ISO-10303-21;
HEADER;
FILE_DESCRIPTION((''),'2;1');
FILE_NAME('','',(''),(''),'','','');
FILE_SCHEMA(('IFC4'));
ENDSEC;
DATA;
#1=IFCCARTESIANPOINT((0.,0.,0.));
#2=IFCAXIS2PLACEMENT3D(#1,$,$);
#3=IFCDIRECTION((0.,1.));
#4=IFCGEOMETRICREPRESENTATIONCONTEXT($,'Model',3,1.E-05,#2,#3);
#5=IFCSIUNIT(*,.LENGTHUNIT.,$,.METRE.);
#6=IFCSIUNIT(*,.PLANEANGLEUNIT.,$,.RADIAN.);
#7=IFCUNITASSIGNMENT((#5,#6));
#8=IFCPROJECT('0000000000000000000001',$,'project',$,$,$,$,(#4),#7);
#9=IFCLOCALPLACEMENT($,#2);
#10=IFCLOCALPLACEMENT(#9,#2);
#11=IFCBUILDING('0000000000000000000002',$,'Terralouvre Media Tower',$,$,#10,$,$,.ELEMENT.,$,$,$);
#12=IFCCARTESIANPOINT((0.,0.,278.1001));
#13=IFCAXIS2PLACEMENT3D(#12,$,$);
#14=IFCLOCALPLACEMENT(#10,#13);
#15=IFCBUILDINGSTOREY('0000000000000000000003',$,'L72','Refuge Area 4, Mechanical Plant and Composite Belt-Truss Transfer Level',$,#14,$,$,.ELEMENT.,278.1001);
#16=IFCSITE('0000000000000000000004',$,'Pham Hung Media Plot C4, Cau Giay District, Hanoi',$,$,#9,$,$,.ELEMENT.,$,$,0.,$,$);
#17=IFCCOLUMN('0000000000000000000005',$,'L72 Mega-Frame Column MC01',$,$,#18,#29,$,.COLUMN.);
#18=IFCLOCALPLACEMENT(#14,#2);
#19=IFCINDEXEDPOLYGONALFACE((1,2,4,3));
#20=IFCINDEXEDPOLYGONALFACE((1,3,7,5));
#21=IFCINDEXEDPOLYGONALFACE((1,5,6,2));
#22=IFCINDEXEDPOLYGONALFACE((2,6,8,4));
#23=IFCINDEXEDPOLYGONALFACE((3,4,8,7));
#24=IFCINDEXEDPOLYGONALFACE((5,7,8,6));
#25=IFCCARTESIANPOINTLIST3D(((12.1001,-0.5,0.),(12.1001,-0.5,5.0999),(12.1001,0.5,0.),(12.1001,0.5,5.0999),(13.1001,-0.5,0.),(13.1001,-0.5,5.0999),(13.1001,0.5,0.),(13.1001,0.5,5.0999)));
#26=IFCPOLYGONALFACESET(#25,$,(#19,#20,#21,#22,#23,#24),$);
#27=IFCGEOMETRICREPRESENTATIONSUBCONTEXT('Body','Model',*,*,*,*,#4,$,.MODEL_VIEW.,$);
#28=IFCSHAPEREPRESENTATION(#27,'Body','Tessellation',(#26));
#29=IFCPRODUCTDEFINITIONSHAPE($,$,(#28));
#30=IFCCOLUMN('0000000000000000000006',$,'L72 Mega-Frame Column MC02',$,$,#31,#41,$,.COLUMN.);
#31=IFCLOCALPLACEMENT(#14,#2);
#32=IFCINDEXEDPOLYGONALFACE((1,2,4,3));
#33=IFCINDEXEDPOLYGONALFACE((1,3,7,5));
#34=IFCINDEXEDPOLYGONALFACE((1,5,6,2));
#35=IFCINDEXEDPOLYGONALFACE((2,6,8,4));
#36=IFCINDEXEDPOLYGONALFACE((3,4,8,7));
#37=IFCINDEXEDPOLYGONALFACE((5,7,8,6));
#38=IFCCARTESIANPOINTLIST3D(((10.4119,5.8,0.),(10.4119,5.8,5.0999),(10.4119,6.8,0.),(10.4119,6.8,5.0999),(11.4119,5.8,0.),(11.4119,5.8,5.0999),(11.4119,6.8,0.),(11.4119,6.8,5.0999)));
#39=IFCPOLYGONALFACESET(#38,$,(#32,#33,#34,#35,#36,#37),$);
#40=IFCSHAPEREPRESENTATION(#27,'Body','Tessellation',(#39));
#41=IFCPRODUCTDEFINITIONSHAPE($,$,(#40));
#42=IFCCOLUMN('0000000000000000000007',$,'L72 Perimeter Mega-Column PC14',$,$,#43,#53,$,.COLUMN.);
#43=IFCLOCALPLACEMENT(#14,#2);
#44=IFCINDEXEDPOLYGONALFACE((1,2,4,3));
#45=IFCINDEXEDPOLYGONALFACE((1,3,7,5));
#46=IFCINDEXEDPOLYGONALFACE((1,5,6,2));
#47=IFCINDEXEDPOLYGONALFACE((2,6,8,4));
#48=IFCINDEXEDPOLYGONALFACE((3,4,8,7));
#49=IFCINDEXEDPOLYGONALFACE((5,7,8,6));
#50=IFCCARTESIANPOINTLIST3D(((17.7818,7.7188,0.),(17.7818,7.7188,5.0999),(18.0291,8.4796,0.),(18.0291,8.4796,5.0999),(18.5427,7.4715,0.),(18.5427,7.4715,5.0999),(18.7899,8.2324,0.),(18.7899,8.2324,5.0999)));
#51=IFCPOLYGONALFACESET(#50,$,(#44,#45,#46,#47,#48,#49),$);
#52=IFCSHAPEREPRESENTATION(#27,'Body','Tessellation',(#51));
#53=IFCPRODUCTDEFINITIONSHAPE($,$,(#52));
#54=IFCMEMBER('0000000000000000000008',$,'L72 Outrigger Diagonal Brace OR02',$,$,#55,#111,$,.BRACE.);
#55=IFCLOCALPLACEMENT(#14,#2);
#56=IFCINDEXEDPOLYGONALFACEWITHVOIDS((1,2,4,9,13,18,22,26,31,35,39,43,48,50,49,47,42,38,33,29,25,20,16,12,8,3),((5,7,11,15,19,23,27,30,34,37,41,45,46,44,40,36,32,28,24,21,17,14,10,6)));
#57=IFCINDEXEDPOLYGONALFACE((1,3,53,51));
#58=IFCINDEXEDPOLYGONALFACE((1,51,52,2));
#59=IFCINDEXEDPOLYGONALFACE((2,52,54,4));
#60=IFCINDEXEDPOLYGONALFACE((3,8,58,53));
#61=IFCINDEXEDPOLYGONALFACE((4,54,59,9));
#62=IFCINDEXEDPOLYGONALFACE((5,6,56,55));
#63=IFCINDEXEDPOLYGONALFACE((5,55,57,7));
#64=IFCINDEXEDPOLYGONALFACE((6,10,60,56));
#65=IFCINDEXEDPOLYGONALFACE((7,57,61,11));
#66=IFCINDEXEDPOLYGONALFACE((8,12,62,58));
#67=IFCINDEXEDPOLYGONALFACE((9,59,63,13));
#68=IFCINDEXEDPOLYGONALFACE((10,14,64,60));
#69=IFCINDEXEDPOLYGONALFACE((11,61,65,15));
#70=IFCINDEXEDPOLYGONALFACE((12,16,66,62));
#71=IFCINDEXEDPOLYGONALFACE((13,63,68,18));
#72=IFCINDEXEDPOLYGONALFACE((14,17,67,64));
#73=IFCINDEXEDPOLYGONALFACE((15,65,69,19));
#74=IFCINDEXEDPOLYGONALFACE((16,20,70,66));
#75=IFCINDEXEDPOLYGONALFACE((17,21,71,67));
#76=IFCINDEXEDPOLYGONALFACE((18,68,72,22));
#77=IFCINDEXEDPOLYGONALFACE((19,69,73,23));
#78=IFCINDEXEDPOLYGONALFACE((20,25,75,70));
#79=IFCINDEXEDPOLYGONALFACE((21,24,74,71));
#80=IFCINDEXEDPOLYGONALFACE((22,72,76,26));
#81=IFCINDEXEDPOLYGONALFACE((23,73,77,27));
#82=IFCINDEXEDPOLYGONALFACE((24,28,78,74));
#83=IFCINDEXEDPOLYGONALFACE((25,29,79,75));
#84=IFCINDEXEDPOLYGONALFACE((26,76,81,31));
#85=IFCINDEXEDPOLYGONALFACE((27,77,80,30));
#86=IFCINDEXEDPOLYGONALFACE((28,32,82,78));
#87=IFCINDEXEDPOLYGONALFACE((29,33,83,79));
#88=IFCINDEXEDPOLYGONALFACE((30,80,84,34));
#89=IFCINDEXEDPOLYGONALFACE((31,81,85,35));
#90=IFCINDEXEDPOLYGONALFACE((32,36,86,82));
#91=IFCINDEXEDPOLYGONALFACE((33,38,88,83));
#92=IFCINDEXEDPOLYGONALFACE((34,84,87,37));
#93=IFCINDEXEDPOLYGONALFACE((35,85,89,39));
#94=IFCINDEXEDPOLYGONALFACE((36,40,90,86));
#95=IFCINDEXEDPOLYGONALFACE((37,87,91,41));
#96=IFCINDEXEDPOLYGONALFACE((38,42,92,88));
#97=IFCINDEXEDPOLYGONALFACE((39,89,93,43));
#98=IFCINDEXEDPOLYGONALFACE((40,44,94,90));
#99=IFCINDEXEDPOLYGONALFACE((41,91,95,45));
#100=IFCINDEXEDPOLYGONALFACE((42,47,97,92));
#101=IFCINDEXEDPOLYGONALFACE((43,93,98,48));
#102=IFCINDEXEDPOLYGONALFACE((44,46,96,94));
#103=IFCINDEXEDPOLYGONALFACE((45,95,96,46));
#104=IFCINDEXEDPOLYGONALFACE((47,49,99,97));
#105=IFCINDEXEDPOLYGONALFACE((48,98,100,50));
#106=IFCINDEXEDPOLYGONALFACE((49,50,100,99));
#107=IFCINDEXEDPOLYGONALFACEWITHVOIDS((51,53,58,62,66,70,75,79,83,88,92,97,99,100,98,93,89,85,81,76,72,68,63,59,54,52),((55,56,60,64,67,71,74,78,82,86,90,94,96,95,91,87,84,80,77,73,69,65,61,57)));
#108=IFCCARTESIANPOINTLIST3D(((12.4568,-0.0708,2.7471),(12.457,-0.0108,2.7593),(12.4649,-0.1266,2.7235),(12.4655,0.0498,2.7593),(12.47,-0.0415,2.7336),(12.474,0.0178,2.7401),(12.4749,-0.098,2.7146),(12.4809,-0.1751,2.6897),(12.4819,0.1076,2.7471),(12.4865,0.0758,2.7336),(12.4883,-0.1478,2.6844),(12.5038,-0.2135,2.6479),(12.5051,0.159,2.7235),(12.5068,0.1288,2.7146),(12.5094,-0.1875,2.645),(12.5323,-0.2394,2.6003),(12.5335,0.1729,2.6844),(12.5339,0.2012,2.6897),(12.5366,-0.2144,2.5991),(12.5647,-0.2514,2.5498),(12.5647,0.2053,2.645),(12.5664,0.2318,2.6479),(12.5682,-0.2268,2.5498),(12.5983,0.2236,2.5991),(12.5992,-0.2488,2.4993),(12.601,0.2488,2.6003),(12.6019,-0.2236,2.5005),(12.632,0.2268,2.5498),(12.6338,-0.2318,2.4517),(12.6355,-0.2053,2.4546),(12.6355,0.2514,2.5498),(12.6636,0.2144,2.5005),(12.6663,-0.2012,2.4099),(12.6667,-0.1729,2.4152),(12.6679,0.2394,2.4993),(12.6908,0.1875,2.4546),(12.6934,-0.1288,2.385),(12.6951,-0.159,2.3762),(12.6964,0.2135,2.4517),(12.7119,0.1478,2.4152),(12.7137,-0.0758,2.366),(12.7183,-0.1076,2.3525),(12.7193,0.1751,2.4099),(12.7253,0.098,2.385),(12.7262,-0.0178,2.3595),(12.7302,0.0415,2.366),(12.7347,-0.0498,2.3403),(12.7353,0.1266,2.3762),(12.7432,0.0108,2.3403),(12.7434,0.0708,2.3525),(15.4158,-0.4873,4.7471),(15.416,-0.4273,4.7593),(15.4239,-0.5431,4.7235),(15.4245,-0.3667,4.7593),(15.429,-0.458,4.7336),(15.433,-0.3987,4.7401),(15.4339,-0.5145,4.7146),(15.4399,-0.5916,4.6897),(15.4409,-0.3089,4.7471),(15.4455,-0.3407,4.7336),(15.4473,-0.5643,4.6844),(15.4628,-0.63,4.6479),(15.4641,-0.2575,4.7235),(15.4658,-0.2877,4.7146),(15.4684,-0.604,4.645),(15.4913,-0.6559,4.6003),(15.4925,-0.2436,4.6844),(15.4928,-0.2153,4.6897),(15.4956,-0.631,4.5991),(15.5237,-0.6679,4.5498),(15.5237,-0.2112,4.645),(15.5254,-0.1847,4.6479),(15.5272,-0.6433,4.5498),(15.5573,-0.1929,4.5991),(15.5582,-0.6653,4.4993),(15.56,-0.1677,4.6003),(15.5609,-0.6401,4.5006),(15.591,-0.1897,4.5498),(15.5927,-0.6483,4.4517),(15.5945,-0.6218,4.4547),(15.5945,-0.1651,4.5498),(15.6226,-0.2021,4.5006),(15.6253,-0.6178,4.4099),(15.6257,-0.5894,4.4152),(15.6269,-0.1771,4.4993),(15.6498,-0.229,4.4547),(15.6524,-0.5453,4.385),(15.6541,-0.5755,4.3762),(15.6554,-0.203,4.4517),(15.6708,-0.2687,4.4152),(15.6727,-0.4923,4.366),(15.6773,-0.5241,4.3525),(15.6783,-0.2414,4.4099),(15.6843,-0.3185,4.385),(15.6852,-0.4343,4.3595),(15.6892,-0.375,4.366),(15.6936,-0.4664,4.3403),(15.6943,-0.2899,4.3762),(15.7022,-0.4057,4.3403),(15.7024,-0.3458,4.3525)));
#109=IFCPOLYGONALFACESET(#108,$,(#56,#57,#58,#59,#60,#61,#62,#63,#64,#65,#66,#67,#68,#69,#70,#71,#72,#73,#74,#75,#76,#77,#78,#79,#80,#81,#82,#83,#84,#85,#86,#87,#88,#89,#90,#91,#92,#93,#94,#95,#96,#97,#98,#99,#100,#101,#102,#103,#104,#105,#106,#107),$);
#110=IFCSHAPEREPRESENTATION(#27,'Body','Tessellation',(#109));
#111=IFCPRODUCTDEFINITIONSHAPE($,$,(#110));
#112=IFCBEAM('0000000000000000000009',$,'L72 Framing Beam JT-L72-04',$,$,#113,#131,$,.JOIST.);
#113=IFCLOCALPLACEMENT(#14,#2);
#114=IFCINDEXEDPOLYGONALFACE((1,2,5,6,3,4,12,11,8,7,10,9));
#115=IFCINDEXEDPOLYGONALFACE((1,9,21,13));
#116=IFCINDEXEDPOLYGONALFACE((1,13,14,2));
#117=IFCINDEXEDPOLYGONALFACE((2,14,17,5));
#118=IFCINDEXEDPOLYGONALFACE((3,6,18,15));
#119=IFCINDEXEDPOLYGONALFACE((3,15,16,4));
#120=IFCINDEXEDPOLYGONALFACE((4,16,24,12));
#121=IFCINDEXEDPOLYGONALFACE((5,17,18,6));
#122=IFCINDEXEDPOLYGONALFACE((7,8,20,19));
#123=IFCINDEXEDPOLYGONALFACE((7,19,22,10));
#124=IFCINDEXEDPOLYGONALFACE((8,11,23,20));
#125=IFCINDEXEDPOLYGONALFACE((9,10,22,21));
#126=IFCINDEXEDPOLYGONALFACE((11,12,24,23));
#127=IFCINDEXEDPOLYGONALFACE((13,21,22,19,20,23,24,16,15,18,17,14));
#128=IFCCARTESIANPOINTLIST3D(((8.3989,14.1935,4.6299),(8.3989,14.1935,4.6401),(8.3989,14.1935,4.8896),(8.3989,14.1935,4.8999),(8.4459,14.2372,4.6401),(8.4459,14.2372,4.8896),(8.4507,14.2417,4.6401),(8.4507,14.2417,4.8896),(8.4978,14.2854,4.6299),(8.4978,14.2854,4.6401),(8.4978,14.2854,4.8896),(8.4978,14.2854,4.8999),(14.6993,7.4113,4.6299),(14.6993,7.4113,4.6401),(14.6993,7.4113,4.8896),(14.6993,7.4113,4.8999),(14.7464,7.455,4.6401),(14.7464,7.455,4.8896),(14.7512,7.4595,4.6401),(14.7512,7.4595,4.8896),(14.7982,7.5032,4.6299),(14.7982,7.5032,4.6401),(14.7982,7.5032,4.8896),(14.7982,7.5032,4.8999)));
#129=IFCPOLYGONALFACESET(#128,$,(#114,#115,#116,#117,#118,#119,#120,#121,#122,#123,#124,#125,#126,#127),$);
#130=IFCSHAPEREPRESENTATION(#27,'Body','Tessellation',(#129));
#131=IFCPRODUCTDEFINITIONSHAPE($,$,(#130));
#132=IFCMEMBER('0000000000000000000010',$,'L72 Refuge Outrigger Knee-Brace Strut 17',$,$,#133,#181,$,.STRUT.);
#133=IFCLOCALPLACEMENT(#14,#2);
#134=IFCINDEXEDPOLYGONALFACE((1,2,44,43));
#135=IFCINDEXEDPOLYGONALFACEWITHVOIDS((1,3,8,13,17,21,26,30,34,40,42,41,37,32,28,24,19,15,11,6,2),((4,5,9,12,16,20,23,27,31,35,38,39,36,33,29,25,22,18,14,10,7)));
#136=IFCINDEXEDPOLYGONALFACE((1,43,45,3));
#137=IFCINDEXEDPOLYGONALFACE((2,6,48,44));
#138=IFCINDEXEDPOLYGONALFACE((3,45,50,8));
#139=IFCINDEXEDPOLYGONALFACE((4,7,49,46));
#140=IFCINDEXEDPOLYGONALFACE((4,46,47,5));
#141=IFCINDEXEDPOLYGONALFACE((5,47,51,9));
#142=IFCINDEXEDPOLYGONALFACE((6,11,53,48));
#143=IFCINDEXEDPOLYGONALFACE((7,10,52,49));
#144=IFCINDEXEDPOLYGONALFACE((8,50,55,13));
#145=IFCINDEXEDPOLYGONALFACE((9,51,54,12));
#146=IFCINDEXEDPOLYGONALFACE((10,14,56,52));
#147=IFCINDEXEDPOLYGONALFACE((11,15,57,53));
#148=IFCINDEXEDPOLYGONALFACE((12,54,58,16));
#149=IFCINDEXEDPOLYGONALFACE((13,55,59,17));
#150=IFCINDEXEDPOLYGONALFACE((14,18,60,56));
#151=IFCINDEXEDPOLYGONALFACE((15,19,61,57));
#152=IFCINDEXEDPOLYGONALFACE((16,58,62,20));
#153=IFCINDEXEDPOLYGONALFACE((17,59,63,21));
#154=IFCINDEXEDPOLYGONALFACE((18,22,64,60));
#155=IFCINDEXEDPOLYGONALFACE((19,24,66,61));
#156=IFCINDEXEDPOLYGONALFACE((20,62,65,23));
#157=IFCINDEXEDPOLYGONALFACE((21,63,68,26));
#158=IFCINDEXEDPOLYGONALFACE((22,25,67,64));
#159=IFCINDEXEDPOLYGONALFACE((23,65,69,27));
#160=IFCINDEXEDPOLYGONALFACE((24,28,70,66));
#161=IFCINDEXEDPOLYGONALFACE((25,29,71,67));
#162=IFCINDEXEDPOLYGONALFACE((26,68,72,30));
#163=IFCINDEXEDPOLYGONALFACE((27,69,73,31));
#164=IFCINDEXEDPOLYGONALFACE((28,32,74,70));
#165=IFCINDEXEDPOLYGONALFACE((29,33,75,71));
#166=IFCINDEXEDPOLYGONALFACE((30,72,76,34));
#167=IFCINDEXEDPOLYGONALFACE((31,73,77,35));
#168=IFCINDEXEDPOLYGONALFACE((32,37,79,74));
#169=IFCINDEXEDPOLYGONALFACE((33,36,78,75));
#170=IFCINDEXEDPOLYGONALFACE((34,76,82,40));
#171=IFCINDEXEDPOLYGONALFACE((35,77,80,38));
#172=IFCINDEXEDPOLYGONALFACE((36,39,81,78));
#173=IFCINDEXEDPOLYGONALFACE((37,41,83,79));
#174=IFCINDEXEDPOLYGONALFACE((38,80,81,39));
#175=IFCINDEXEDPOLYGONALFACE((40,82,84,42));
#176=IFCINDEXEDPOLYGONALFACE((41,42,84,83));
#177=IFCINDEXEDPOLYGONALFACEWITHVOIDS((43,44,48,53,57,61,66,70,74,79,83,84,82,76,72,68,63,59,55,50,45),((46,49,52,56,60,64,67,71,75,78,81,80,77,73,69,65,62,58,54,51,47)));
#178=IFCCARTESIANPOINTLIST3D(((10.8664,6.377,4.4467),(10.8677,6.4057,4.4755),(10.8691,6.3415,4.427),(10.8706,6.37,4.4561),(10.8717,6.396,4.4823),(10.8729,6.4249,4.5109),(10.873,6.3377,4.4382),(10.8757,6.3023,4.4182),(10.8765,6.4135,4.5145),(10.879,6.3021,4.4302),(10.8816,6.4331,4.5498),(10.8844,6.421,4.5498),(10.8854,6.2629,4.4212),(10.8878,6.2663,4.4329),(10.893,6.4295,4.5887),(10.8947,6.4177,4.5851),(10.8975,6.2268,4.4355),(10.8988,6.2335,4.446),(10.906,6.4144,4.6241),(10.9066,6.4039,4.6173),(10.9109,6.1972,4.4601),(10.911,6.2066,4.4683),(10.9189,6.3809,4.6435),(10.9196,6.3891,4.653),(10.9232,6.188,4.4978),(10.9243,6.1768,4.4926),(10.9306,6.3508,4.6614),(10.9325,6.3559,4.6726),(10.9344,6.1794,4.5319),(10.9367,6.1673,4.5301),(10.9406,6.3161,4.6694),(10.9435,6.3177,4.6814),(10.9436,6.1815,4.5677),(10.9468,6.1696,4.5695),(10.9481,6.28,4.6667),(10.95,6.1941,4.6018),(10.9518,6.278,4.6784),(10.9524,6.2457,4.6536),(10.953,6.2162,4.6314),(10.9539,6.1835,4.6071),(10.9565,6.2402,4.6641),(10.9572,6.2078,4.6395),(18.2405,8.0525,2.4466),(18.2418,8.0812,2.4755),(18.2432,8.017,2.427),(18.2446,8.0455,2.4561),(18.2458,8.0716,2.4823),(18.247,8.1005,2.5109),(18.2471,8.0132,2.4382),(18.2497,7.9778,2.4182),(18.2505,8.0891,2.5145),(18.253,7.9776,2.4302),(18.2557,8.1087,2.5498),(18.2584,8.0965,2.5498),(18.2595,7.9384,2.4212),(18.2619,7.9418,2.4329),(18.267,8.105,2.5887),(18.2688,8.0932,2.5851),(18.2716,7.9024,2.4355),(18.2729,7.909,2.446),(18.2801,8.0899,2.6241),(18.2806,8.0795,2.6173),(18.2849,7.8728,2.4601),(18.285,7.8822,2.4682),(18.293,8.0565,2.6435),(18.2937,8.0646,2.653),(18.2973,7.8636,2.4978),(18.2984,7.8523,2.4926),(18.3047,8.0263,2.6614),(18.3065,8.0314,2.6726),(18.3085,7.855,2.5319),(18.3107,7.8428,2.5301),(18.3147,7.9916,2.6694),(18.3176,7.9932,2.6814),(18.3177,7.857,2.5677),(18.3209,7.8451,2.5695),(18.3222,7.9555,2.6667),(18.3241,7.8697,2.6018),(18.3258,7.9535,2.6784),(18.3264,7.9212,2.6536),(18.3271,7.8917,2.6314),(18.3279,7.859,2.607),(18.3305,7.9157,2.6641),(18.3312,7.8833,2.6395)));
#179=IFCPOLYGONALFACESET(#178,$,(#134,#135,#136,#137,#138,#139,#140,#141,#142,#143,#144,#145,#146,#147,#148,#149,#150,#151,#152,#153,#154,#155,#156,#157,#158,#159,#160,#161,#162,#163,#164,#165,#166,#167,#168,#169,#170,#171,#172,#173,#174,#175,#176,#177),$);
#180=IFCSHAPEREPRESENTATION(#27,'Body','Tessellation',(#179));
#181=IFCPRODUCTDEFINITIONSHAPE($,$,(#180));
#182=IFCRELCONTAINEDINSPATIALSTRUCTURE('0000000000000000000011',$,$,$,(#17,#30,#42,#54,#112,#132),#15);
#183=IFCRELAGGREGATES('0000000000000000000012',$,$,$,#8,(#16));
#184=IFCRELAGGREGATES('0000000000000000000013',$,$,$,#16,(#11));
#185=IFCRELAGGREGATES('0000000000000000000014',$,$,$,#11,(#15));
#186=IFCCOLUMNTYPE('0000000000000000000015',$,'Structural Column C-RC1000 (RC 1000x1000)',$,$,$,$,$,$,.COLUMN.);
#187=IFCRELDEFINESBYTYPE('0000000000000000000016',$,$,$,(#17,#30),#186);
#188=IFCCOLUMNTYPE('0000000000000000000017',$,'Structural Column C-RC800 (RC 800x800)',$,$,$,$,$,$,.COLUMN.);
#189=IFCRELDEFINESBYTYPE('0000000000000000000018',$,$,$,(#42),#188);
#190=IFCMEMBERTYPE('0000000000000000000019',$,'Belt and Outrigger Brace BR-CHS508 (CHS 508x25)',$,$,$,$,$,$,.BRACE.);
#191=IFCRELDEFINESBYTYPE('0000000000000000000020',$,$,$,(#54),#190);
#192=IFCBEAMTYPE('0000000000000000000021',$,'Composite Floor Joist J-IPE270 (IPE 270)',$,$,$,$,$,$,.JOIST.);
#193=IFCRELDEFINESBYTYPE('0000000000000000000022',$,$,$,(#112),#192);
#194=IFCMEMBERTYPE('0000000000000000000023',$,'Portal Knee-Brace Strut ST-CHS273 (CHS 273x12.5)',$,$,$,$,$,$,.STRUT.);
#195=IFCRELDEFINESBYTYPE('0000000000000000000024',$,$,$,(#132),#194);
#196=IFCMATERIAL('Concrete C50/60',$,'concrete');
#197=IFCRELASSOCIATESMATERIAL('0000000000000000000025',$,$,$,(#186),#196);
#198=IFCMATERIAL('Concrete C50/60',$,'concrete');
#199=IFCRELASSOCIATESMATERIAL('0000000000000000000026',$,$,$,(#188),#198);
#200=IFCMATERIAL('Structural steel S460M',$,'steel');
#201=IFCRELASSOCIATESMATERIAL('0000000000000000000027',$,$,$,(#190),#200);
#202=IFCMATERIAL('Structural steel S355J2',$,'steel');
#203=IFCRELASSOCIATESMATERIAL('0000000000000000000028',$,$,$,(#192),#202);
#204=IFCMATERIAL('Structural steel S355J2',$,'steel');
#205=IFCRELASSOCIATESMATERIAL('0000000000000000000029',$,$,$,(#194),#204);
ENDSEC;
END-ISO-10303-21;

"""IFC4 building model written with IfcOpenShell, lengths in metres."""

from ifc_helpers import new_model, si_unit, direction, frame, origin, origin_2d, place, context, subcontext, project, spatial, rectangle, hollow_circle, i_section, extrude, material, material_profile, profile_set, type_object, element, save


model = new_model("IFC4")

# Units and contexts
model_context = context("Model", 3, precision=1e-05, world=origin(), true_north=direction((0.0, 1.0)))
body_context = subcontext(model_context, "Body", "Model", "MODEL_VIEW")
ifc_project = project(units=[si_unit("LENGTHUNIT", "METRE"), si_unit("PLANEANGLEUNIT", "RADIAN")], contexts=[model_context])

# Site, building, storey
site_placement = place(None, origin())
site = spatial("IfcSite", under=ifc_project, at=site_placement, Name="Pham Hung Media Plot C4, Cau Giay District, Hanoi", CompositionType="ELEMENT", RefElevation=0.0)
building_placement = place(site_placement, origin())
building = spatial("IfcBuilding", under=site, at=building_placement, Name="Terralouvre Media Tower", CompositionType="ELEMENT")
storey_placement = place(building_placement, frame((0.0, 0.0, 278.1001)))
storey = spatial("IfcBuildingStorey", under=building, at=storey_placement, Name="L72", Description="Refuge Area 4, Mechanical Plant and Composite Belt-Truss Transfer Level", CompositionType="ELEMENT", Elevation=278.1001)

# Columns
ifc_material_1 = material(Name="Concrete C50/60", Category="concrete")
ifc_material_profile_1 = material_profile(ifc_material_1, rectangle(XDim=1.0, YDim=1.0, at=origin_2d()), Name="RC 1000x1000")
ifc_profile_set_1 = profile_set([ifc_material_profile_1], Name="Concrete C50/60")
column_type_1 = type_object("IfcColumnType", Name="Structural Column C-RC1000 (RC 1000x1000)", PredefinedType="COLUMN", material=ifc_profile_set_1)
for number, where, z_axis, x_axis, name in (
    (1, (12.6001, 0.0, 0.0), (0.0, 0.0, 1.0), (1.0, 0.0, 0.0), "L72 Mega-Frame Column MC01"),
    (2, (10.9119, 6.3, 0.0), (0.0, 0.0, 1.0), (1.0, 0.0, 0.0), "L72 Mega-Frame Column MC02"),
):
    element("IfcColumn", number, at=place(storey_placement, frame(where, z_axis=z_axis, x_axis=x_axis)), inside=storey, type_object=column_type_1, Name=name, PredefinedType="COLUMN", context=body_context, shape_type="SweptSolid", body=[
        extrude(rectangle(XDim=1.0, YDim=1.0, at=origin_2d()), origin(), (0.0, 0.0, 1.0), 5.0999),
    ])
ifc_material_2 = material(Name="Concrete C50/60", Category="concrete")
ifc_material_profile_2 = material_profile(ifc_material_2, rectangle(XDim=0.8, YDim=0.8, at=origin_2d()), Name="RC 800x800")
ifc_profile_set_2 = profile_set([ifc_material_profile_2], Name="Concrete C50/60")
column_type_2 = type_object("IfcColumnType", Name="Structural Column C-RC800 (RC 800x800)", PredefinedType="COLUMN", material=ifc_profile_set_2)
column_placement = place(storey_placement, frame((18.2859, 7.9756, 0.0), z_axis=(0.0, 0.0, 1.0), x_axis=(0.309017, 0.951057, 0.0)))
element("IfcColumn", 3, at=column_placement, inside=storey, type_object=column_type_2, Name="L72 Perimeter Mega-Column PC14", PredefinedType="COLUMN", context=body_context, shape_type="SweptSolid", body=[
    extrude(rectangle(XDim=0.8, YDim=0.8, at=origin_2d()), origin(), (0.0, 0.0, 1.0), 5.0999),
])

# Member
ifc_material_3 = material(Name="Structural steel S460M", Category="steel")
ifc_material_profile_3 = material_profile(ifc_material_3, hollow_circle(Radius=0.2539, WallThickness=0.0249, at=origin_2d()), Name="CHS 508x25")
ifc_profile_set_3 = profile_set([ifc_material_profile_3], Name="Structural steel S460M")
member_type_1 = type_object("IfcMemberType", Name="Belt and Outrigger Brace BR-CHS508 (CHS 508x25)", PredefinedType="BRACE", material=ifc_profile_set_3)
member_1_placement = place(storey_placement, frame((12.6001, 0.0, 2.5498), z_axis=(0.822923, -0.115834, 0.55622), x_axis=(0.139385, 0.990238, 0.0)))
element("IfcMember", 4, at=member_1_placement, inside=storey, type_object=member_type_1, Name="L72 Outrigger Diagonal Brace OR02", PredefinedType="BRACE", context=body_context, shape_type="SweptSolid", body=[
    extrude(hollow_circle(Radius=0.2539, WallThickness=0.0249, at=origin_2d()), origin(), (0.0, 0.0, 1.0), 3.5957),
])

# Beam
ifc_material_4 = material(Name="Structural steel S355J2", Category="steel")
ifc_material_profile_4 = material_profile(ifc_material_4, i_section(OverallWidth=0.135, OverallDepth=0.27, WebThickness=0.0066, FlangeThickness=0.0103, at=origin_2d()), Name="IPE 270")
ifc_profile_set_4 = profile_set([ifc_material_profile_4], Name="Structural steel S355J2")
beam_type_1 = type_object("IfcBeamType", Name="Composite Floor Joist J-IPE270 (IPE 270)", PredefinedType="JOIST", material=ifc_profile_set_4)
beam_1_placement = place(storey_placement, frame((14.7488, 7.4573, 4.7649), z_axis=(-0.680611, 0.732645, 0.0), x_axis=(-0.732645, -0.680611, 0.0)))
element("IfcBeam", 5, at=beam_1_placement, inside=storey, type_object=beam_type_1, Name="L72 Framing Beam JT-L72-04", PredefinedType="JOIST", context=body_context, shape_type="SweptSolid", body=[
    extrude(i_section(OverallWidth=0.135, OverallDepth=0.27, WebThickness=0.0066, FlangeThickness=0.0103, at=origin_2d()), origin(), (0.0, 0.0, 1.0), 9.2571),
])

# Member
ifc_material_5 = material(Name="Structural steel S355J2", Category="steel")
ifc_material_profile_5 = material_profile(ifc_material_5, hollow_circle(Radius=0.1365, WallThickness=0.0125, at=origin_2d()), Name="CHS 273x12.5")
ifc_profile_set_5 = profile_set([ifc_material_profile_5], Name="Structural steel S355J2")
member_type_2 = type_object("IfcMemberType", Name="Portal Knee-Brace Strut ST-CHS273 (CHS 273x12.5)", PredefinedType="STRUT", material=ifc_profile_set_5)
member_2_placement = place(storey_placement, frame((10.9119, 6.3, 4.5498), z_axis=(0.942729, 0.214208, -0.255689), x_axis=(-0.221574, 0.975144, 0.0)))
element("IfcMember", 6, at=member_2_placement, inside=storey, type_object=member_type_2, Name="L72 Refuge Outrigger Knee-Brace Strut 17", PredefinedType="STRUT", context=body_context, shape_type="SweptSolid", body=[
    extrude(hollow_circle(Radius=0.1365, WallThickness=0.0125, at=origin_2d()), origin(), (0.0, 0.0, 1.0), 7.822),
])

save(model, "model.ifc")
